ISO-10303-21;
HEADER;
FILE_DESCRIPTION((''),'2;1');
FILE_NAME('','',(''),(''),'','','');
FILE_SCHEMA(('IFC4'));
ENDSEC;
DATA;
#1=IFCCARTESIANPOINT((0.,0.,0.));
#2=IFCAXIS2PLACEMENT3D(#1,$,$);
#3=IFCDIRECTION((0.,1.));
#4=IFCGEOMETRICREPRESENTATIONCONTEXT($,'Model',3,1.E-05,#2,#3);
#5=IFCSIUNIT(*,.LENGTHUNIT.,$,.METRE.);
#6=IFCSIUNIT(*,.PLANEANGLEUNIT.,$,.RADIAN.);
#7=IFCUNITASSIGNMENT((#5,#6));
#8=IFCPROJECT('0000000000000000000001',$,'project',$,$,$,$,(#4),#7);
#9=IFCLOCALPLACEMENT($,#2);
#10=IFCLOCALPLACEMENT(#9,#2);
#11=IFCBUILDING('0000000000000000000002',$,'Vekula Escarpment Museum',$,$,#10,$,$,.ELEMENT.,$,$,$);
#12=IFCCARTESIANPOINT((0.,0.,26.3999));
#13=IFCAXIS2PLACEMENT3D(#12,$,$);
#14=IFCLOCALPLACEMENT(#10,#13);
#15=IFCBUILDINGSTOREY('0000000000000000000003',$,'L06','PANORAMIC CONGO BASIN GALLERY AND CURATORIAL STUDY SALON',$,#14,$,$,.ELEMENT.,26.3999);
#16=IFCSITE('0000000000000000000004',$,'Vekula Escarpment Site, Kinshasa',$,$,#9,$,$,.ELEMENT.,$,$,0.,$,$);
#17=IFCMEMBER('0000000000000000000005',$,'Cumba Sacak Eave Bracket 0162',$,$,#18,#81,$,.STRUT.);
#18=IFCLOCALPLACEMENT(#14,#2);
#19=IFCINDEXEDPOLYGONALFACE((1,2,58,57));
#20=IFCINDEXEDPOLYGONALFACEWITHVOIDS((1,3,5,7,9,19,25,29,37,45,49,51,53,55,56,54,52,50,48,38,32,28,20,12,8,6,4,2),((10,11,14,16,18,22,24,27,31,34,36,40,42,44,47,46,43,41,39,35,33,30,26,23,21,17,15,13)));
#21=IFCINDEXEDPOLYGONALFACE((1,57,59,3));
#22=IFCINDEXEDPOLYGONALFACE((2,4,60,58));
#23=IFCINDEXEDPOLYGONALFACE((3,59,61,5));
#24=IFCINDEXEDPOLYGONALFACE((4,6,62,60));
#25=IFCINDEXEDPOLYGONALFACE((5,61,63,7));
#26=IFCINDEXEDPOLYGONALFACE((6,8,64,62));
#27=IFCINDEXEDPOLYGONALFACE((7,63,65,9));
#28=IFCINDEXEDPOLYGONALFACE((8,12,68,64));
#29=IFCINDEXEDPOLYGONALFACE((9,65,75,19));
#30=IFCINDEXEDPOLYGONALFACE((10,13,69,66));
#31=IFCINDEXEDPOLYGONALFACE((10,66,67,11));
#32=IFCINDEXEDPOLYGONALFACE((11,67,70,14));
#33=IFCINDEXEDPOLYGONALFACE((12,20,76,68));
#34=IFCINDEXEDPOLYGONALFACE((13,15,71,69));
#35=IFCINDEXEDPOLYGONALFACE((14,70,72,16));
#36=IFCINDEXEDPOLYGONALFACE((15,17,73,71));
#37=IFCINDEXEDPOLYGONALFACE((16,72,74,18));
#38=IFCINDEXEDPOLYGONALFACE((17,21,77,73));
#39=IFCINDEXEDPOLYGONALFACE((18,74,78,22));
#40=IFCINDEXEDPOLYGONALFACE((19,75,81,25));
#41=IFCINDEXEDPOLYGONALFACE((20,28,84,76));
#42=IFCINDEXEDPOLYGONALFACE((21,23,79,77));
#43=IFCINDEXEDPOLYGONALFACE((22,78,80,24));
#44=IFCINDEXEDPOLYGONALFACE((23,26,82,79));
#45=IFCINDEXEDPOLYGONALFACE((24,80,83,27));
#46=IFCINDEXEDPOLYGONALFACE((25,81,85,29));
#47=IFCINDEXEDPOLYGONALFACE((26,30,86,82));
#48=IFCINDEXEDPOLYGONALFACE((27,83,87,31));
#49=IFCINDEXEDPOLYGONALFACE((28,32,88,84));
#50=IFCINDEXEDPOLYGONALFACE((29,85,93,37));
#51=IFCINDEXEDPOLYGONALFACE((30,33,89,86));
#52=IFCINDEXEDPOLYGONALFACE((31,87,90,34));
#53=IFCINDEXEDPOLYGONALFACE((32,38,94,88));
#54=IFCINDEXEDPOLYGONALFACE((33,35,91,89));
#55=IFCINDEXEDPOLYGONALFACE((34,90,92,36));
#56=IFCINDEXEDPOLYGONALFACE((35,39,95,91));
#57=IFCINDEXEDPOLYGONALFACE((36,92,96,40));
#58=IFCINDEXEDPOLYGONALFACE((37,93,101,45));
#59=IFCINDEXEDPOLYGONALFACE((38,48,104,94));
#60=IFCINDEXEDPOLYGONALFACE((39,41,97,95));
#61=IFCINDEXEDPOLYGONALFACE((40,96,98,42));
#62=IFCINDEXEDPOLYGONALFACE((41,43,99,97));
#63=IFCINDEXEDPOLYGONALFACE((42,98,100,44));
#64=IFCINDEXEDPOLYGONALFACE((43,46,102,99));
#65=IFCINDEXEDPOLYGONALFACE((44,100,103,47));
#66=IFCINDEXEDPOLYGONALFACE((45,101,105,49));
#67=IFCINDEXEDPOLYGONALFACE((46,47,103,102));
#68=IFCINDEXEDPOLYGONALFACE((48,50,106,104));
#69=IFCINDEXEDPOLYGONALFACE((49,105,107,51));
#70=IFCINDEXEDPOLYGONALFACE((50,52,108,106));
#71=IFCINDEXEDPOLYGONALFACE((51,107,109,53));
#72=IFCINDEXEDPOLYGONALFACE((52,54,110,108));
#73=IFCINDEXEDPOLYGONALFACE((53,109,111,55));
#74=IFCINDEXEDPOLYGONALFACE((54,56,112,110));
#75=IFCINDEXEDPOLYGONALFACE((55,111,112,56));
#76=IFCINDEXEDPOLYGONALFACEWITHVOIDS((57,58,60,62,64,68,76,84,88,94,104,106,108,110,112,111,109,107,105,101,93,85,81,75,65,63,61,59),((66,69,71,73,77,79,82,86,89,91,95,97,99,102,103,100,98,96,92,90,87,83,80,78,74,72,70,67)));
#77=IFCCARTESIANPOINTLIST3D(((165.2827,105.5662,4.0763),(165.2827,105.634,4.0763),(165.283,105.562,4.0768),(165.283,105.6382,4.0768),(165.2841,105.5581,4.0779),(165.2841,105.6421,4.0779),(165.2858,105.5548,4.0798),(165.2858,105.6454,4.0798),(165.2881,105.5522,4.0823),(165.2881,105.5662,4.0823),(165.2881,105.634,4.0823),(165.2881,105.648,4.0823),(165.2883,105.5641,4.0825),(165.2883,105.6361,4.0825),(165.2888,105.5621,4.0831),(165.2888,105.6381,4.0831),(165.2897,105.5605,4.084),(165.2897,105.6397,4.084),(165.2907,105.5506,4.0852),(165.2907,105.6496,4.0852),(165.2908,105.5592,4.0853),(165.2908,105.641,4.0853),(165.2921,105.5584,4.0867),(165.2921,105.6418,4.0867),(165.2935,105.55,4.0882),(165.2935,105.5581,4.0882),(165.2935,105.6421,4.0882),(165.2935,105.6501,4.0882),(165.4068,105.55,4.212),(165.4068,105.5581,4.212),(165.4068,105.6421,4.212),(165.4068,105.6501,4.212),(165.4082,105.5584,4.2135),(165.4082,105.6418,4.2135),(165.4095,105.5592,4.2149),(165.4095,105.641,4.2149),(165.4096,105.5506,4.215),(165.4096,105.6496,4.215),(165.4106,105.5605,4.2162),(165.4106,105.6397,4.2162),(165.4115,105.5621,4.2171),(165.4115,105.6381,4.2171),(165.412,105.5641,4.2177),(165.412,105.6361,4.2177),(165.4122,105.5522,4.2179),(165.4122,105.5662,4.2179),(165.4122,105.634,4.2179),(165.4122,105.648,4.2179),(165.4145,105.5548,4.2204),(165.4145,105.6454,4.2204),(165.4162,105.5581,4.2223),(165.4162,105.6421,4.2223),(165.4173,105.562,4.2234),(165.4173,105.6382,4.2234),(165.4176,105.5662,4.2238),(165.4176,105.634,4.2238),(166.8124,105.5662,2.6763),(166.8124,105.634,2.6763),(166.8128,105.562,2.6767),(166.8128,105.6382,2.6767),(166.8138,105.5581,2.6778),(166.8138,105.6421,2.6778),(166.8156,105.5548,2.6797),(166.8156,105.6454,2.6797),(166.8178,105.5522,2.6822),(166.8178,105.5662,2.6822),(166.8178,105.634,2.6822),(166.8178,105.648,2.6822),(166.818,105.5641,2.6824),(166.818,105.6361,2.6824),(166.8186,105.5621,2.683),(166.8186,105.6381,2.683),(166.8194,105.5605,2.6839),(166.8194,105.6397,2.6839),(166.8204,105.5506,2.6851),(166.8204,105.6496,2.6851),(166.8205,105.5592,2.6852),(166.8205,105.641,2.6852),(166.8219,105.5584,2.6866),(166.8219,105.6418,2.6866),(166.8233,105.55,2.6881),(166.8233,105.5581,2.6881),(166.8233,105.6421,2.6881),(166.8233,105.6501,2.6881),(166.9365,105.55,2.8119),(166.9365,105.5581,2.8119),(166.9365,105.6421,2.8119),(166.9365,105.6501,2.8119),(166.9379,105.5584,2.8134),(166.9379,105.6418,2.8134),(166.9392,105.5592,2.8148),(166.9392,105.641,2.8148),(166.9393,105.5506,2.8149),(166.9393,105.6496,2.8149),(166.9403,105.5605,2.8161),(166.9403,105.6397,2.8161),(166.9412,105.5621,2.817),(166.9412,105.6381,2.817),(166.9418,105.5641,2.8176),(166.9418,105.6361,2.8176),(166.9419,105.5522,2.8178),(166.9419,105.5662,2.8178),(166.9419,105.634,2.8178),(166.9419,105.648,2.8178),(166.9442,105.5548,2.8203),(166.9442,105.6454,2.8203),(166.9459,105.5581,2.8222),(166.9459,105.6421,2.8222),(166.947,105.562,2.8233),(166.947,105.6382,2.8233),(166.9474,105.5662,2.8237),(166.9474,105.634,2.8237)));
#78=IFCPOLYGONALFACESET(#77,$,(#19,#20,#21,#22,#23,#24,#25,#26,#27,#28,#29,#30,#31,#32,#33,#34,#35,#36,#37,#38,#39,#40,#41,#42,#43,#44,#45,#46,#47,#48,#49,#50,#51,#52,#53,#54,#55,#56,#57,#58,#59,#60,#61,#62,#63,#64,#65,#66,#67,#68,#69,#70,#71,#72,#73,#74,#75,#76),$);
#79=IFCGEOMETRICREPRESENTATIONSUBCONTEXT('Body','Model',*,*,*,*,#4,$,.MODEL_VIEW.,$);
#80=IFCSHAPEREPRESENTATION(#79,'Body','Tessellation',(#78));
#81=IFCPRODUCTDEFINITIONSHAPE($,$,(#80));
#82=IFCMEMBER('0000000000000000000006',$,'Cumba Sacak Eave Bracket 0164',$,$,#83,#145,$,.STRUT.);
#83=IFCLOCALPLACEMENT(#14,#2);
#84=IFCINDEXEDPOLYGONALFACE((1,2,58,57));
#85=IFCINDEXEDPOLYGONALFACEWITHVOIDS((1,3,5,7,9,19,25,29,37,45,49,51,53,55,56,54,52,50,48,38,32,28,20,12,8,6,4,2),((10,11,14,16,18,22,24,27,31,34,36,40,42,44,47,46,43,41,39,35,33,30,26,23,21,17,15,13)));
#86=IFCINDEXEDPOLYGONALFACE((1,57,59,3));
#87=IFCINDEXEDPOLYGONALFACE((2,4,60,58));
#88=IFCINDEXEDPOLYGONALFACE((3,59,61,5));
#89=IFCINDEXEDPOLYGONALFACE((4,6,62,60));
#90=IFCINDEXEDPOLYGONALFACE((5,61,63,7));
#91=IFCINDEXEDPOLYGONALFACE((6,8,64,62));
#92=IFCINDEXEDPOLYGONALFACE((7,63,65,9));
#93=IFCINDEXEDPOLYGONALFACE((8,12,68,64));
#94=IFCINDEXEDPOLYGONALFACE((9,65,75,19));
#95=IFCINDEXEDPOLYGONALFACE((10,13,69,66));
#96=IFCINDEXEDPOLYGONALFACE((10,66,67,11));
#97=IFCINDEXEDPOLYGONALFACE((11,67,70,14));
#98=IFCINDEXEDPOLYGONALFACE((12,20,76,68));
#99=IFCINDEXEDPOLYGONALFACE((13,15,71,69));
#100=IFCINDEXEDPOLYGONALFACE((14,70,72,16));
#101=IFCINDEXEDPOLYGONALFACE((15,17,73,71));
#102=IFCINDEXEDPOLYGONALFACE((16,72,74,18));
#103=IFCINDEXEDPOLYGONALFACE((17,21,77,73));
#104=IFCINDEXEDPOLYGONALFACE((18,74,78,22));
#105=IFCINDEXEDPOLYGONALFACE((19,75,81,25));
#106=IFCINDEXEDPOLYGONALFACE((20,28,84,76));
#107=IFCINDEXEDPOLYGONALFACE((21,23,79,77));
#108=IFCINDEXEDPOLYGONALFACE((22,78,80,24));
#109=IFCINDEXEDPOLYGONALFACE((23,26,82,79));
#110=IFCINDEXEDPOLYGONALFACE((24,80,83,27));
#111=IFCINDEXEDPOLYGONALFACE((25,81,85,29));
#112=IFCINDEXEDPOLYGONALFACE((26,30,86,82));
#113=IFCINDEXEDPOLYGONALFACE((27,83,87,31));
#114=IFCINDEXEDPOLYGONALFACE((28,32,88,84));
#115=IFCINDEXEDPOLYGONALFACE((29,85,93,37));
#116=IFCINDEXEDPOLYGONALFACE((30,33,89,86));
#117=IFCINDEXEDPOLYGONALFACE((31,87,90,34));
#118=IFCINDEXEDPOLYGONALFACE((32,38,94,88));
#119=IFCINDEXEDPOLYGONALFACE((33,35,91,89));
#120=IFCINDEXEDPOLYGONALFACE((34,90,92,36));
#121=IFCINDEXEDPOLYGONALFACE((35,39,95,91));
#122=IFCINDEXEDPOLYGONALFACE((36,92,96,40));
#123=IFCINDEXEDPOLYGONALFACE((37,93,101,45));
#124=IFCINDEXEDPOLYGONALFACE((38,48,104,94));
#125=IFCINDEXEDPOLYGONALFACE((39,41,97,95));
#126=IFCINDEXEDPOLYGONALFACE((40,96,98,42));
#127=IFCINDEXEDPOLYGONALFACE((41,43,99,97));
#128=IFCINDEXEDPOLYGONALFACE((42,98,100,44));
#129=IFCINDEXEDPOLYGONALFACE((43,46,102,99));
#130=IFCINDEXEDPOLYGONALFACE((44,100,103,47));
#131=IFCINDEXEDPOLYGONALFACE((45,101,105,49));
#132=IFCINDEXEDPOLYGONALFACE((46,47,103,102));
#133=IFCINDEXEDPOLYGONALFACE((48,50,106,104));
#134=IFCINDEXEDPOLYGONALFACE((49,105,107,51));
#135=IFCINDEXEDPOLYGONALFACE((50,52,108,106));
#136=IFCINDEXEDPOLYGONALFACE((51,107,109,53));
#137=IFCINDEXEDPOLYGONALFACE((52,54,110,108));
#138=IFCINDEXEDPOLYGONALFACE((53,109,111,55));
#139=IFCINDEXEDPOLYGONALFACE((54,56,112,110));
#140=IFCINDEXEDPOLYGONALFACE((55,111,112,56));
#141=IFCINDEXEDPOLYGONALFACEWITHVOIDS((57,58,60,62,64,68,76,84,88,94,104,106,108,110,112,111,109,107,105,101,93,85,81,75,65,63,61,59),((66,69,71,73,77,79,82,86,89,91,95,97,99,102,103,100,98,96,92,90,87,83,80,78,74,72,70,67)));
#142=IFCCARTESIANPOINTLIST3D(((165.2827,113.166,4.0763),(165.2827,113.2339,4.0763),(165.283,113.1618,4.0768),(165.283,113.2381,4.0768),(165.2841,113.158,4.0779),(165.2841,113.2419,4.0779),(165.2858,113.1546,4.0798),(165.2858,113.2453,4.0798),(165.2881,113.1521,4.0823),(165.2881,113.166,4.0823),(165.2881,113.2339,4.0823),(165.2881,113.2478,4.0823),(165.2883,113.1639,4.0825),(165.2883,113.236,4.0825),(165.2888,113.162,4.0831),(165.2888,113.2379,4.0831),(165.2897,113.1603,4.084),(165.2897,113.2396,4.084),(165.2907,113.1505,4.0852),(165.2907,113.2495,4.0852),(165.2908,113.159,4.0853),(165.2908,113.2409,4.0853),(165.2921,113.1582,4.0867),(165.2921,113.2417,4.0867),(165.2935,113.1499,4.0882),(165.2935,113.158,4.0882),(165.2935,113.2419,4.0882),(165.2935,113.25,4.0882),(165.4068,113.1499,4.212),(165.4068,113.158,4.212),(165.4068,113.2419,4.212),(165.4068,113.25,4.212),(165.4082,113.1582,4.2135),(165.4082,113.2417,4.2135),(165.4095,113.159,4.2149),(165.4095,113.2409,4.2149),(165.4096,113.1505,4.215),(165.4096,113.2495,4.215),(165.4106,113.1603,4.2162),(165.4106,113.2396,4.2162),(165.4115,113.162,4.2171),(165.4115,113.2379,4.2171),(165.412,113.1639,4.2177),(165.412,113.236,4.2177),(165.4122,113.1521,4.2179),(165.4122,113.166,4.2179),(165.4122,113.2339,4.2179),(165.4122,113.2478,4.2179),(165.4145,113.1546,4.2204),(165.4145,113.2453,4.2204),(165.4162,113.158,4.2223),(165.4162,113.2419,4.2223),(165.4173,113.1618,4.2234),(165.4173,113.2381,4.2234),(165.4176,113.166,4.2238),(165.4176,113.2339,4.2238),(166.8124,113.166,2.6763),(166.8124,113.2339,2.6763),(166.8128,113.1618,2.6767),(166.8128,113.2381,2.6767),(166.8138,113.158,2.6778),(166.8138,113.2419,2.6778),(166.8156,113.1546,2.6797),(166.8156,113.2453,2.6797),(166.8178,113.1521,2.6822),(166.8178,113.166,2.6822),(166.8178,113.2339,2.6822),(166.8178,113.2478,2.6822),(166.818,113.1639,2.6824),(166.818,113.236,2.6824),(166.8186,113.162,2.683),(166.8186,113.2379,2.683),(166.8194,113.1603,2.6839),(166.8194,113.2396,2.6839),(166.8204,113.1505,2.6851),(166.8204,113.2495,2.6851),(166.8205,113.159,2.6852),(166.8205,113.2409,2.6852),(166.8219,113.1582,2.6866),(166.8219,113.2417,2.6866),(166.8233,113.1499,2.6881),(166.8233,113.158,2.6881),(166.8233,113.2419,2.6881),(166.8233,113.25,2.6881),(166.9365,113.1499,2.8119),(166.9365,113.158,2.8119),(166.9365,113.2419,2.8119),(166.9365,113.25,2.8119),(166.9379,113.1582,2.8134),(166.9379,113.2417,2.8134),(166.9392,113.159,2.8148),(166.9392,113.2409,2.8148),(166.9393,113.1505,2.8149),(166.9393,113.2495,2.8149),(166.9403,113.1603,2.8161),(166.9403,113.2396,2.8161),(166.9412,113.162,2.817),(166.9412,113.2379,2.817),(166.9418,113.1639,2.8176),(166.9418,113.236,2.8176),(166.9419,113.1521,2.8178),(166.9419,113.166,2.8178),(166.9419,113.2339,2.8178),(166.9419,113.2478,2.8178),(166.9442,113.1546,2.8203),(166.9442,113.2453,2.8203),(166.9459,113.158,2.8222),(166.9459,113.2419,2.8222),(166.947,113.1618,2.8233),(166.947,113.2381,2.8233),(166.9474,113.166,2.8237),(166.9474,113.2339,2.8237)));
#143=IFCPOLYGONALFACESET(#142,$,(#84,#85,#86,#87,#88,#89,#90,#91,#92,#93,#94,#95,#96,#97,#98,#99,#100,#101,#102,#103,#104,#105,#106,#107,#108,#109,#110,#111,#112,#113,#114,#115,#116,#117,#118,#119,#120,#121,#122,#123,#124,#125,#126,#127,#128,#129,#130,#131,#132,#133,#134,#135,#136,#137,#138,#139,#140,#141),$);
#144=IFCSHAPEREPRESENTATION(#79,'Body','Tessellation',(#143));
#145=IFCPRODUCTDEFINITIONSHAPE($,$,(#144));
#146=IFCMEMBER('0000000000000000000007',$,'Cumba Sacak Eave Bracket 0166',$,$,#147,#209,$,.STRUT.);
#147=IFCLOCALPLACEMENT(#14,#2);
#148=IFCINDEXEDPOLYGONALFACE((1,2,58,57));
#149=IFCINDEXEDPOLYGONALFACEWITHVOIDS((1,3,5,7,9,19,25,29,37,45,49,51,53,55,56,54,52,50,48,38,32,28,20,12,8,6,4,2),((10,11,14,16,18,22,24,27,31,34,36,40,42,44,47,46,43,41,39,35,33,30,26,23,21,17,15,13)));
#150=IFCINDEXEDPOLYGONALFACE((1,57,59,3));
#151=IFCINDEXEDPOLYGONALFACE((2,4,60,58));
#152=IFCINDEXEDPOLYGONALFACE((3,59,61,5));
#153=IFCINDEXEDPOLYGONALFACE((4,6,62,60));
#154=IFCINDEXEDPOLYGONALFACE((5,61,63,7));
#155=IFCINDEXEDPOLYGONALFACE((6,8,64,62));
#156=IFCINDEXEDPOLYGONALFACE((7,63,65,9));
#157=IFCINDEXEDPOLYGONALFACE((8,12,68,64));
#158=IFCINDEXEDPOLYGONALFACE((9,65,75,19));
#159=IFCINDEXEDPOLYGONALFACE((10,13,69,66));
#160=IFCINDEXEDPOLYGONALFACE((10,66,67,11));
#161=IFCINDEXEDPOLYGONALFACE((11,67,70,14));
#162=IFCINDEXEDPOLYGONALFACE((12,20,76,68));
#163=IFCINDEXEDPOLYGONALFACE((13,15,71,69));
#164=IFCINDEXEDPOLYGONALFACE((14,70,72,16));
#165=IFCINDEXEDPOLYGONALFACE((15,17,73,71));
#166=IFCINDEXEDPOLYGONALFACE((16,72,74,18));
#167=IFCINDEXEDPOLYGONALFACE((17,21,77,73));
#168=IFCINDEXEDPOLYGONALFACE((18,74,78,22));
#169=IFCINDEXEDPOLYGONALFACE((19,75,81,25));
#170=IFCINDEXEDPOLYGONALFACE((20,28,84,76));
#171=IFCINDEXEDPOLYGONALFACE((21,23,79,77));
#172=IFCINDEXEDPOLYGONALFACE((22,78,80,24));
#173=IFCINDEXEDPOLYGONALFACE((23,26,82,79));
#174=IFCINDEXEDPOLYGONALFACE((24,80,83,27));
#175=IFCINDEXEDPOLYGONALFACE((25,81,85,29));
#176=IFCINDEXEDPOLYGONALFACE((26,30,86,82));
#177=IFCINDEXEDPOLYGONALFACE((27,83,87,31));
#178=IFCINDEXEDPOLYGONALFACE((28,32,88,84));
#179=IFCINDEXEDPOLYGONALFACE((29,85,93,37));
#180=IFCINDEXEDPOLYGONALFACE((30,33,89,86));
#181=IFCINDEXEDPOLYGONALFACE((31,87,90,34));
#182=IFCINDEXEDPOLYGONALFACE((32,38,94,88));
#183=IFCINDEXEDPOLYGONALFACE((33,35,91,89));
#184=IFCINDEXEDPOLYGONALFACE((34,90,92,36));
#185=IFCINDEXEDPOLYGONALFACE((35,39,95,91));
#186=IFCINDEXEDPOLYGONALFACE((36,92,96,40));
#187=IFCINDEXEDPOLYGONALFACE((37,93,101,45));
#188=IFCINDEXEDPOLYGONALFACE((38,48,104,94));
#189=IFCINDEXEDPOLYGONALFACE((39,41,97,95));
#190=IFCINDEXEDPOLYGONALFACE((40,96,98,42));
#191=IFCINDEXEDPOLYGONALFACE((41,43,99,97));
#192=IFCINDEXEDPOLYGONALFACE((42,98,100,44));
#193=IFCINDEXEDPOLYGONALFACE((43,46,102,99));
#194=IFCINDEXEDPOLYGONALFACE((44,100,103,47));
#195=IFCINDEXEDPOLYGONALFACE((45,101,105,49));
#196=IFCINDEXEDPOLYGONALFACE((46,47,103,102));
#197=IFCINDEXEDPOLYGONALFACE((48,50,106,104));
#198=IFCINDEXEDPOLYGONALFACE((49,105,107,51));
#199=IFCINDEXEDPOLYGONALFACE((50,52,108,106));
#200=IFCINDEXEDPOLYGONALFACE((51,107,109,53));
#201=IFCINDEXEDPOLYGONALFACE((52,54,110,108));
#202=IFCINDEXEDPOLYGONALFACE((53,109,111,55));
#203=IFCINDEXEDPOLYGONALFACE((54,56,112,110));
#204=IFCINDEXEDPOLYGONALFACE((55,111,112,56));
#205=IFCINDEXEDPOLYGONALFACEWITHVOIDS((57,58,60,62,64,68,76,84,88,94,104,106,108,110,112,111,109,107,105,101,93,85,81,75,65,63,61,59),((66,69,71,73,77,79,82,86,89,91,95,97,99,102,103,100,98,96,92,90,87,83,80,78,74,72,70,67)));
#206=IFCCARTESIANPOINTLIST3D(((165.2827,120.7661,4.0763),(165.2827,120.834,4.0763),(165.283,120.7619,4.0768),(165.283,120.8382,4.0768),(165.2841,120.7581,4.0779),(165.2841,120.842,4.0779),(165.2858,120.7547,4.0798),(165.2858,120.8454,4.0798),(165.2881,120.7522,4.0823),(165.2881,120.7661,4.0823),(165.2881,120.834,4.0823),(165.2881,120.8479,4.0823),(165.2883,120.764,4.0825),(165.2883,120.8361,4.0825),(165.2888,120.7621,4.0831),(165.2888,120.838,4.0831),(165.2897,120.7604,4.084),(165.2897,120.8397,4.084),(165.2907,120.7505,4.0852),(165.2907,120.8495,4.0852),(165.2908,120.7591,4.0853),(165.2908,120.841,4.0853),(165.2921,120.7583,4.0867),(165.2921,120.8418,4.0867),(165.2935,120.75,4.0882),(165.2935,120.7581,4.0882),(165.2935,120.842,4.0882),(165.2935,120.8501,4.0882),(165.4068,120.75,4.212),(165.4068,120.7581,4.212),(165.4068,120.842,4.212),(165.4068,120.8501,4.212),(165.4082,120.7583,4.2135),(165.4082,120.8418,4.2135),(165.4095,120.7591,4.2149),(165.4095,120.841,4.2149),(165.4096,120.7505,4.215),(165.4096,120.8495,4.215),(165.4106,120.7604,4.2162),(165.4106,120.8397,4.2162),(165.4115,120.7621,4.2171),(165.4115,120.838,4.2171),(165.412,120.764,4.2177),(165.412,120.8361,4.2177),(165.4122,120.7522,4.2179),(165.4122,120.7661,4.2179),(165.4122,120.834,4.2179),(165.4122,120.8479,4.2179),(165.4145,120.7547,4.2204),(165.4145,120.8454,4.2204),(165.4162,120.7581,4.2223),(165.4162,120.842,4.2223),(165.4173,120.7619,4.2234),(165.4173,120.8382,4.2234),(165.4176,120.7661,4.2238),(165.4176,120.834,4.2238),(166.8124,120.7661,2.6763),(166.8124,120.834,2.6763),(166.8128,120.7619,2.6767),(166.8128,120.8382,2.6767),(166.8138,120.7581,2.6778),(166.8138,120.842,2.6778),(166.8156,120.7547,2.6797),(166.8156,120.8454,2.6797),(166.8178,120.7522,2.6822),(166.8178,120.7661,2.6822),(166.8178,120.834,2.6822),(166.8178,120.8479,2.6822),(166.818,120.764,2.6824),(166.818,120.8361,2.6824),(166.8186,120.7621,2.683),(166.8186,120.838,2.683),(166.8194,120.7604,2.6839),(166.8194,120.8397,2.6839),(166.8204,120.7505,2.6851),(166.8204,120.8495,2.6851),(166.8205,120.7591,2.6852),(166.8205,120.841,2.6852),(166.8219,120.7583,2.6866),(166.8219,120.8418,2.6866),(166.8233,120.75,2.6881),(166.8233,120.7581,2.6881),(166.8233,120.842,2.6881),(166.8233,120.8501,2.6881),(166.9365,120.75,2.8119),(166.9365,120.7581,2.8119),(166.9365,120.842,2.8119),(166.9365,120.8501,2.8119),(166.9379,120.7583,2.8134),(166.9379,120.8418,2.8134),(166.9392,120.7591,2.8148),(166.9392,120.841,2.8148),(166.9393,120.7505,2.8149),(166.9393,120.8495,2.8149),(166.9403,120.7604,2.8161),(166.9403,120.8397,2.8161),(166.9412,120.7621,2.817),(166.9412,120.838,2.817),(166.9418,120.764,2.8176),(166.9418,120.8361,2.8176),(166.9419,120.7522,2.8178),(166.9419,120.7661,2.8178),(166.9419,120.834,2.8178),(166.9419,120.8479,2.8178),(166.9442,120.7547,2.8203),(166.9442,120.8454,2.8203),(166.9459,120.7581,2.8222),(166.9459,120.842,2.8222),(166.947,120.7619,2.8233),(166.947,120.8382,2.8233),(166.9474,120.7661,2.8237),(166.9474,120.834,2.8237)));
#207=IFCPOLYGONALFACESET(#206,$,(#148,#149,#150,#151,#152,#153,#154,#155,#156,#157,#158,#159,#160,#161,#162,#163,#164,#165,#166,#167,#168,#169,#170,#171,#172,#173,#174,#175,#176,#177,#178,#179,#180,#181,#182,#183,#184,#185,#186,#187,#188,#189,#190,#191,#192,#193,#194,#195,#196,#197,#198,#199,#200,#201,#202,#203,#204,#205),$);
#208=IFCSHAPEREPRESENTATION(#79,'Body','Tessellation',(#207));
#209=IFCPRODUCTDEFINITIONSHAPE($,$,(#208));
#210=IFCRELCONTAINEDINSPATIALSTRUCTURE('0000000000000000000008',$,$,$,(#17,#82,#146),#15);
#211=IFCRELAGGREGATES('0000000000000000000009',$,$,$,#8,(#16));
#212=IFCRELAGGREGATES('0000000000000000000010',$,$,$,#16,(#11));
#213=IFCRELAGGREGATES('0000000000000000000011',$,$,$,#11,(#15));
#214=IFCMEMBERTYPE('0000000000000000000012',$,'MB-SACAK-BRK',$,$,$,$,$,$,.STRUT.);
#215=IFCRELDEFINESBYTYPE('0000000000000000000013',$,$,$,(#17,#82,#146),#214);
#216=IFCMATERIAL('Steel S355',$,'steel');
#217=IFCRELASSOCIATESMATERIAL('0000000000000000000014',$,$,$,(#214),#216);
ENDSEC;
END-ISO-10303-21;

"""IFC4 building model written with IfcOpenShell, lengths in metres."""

from ifc_helpers import new_model, si_unit, direction, frame, origin, origin_2d, place, context, subcontext, project, spatial, hollow_rectangle, extrude, material, material_profile, profile_set, type_object, element, save


model = new_model("IFC4")

# Units and contexts
model_context = context("Model", 3, precision=1e-05, world=origin(), true_north=direction((0.0, 1.0)))
body_context = subcontext(model_context, "Body", "Model", "MODEL_VIEW")
ifc_project = project(units=[si_unit("LENGTHUNIT", "METRE"), si_unit("PLANEANGLEUNIT", "RADIAN")], contexts=[model_context])

# Site, building, storey
site_placement = place(None, origin())
site = spatial("IfcSite", under=ifc_project, at=site_placement, Name="Vekula Escarpment Site, Kinshasa", CompositionType="ELEMENT", RefElevation=0.0)
building_placement = place(site_placement, origin())
building = spatial("IfcBuilding", under=site, at=building_placement, Name="Vekula Escarpment Museum", CompositionType="ELEMENT")
storey_placement = place(building_placement, frame((0.0, 0.0, 26.3999)))
storey = spatial("IfcBuildingStorey", under=building, at=storey_placement, Name="L06", Description="PANORAMIC CONGO BASIN GALLERY AND CURATORIAL STUDY SALON", CompositionType="ELEMENT", Elevation=26.3999)

# Members
ifc_material_1 = material(Name="Steel S355", Category="steel")
ifc_material_profile_1 = material_profile(ifc_material_1, hollow_rectangle(XDim=0.1001, YDim=0.2, WallThickness=0.0081, InnerFilletRadius=0.0081, OuterFilletRadius=0.0161, at=origin_2d()), Name="RHS 200x100x8")
ifc_profile_set_1 = profile_set([ifc_material_profile_1], Name="Steel S355")
member_type = type_object("IfcMemberType", Name="MB-SACAK-BRK", PredefinedType="STRUT", material=ifc_profile_set_1)
for number, where, z_axis, x_axis, name in (
    (1, (166.8799, 105.6001, 2.75), (-0.737672, 0.0, 0.675159), (0.0, -1.0, 0.0), "Cumba Sacak Eave Bracket 0162"),
    (2, (166.8799, 113.2, 2.75), (-0.737672, 0.0, 0.675159), (0.0, -1.0, 0.0), "Cumba Sacak Eave Bracket 0164"),
    (3, (166.8799, 120.8, 2.75), (-0.737672, 0.0, 0.675159), (0.0, -1.0, 0.0), "Cumba Sacak Eave Bracket 0166"),
):
    element("IfcMember", number, at=place(storey_placement, frame(where, z_axis=z_axis, x_axis=x_axis)), inside=storey, type_object=member_type, Name=name, PredefinedType="STRUT", context=body_context, shape_type="SweptSolid", body=[
        extrude(hollow_rectangle(XDim=0.1001, YDim=0.2, WallThickness=0.0081, InnerFilletRadius=0.0081, OuterFilletRadius=0.0161, at=origin_2d()), origin(), (0.0, 0.0, 1.0), 2.0737),
    ])

save(model, "model.ifc")
